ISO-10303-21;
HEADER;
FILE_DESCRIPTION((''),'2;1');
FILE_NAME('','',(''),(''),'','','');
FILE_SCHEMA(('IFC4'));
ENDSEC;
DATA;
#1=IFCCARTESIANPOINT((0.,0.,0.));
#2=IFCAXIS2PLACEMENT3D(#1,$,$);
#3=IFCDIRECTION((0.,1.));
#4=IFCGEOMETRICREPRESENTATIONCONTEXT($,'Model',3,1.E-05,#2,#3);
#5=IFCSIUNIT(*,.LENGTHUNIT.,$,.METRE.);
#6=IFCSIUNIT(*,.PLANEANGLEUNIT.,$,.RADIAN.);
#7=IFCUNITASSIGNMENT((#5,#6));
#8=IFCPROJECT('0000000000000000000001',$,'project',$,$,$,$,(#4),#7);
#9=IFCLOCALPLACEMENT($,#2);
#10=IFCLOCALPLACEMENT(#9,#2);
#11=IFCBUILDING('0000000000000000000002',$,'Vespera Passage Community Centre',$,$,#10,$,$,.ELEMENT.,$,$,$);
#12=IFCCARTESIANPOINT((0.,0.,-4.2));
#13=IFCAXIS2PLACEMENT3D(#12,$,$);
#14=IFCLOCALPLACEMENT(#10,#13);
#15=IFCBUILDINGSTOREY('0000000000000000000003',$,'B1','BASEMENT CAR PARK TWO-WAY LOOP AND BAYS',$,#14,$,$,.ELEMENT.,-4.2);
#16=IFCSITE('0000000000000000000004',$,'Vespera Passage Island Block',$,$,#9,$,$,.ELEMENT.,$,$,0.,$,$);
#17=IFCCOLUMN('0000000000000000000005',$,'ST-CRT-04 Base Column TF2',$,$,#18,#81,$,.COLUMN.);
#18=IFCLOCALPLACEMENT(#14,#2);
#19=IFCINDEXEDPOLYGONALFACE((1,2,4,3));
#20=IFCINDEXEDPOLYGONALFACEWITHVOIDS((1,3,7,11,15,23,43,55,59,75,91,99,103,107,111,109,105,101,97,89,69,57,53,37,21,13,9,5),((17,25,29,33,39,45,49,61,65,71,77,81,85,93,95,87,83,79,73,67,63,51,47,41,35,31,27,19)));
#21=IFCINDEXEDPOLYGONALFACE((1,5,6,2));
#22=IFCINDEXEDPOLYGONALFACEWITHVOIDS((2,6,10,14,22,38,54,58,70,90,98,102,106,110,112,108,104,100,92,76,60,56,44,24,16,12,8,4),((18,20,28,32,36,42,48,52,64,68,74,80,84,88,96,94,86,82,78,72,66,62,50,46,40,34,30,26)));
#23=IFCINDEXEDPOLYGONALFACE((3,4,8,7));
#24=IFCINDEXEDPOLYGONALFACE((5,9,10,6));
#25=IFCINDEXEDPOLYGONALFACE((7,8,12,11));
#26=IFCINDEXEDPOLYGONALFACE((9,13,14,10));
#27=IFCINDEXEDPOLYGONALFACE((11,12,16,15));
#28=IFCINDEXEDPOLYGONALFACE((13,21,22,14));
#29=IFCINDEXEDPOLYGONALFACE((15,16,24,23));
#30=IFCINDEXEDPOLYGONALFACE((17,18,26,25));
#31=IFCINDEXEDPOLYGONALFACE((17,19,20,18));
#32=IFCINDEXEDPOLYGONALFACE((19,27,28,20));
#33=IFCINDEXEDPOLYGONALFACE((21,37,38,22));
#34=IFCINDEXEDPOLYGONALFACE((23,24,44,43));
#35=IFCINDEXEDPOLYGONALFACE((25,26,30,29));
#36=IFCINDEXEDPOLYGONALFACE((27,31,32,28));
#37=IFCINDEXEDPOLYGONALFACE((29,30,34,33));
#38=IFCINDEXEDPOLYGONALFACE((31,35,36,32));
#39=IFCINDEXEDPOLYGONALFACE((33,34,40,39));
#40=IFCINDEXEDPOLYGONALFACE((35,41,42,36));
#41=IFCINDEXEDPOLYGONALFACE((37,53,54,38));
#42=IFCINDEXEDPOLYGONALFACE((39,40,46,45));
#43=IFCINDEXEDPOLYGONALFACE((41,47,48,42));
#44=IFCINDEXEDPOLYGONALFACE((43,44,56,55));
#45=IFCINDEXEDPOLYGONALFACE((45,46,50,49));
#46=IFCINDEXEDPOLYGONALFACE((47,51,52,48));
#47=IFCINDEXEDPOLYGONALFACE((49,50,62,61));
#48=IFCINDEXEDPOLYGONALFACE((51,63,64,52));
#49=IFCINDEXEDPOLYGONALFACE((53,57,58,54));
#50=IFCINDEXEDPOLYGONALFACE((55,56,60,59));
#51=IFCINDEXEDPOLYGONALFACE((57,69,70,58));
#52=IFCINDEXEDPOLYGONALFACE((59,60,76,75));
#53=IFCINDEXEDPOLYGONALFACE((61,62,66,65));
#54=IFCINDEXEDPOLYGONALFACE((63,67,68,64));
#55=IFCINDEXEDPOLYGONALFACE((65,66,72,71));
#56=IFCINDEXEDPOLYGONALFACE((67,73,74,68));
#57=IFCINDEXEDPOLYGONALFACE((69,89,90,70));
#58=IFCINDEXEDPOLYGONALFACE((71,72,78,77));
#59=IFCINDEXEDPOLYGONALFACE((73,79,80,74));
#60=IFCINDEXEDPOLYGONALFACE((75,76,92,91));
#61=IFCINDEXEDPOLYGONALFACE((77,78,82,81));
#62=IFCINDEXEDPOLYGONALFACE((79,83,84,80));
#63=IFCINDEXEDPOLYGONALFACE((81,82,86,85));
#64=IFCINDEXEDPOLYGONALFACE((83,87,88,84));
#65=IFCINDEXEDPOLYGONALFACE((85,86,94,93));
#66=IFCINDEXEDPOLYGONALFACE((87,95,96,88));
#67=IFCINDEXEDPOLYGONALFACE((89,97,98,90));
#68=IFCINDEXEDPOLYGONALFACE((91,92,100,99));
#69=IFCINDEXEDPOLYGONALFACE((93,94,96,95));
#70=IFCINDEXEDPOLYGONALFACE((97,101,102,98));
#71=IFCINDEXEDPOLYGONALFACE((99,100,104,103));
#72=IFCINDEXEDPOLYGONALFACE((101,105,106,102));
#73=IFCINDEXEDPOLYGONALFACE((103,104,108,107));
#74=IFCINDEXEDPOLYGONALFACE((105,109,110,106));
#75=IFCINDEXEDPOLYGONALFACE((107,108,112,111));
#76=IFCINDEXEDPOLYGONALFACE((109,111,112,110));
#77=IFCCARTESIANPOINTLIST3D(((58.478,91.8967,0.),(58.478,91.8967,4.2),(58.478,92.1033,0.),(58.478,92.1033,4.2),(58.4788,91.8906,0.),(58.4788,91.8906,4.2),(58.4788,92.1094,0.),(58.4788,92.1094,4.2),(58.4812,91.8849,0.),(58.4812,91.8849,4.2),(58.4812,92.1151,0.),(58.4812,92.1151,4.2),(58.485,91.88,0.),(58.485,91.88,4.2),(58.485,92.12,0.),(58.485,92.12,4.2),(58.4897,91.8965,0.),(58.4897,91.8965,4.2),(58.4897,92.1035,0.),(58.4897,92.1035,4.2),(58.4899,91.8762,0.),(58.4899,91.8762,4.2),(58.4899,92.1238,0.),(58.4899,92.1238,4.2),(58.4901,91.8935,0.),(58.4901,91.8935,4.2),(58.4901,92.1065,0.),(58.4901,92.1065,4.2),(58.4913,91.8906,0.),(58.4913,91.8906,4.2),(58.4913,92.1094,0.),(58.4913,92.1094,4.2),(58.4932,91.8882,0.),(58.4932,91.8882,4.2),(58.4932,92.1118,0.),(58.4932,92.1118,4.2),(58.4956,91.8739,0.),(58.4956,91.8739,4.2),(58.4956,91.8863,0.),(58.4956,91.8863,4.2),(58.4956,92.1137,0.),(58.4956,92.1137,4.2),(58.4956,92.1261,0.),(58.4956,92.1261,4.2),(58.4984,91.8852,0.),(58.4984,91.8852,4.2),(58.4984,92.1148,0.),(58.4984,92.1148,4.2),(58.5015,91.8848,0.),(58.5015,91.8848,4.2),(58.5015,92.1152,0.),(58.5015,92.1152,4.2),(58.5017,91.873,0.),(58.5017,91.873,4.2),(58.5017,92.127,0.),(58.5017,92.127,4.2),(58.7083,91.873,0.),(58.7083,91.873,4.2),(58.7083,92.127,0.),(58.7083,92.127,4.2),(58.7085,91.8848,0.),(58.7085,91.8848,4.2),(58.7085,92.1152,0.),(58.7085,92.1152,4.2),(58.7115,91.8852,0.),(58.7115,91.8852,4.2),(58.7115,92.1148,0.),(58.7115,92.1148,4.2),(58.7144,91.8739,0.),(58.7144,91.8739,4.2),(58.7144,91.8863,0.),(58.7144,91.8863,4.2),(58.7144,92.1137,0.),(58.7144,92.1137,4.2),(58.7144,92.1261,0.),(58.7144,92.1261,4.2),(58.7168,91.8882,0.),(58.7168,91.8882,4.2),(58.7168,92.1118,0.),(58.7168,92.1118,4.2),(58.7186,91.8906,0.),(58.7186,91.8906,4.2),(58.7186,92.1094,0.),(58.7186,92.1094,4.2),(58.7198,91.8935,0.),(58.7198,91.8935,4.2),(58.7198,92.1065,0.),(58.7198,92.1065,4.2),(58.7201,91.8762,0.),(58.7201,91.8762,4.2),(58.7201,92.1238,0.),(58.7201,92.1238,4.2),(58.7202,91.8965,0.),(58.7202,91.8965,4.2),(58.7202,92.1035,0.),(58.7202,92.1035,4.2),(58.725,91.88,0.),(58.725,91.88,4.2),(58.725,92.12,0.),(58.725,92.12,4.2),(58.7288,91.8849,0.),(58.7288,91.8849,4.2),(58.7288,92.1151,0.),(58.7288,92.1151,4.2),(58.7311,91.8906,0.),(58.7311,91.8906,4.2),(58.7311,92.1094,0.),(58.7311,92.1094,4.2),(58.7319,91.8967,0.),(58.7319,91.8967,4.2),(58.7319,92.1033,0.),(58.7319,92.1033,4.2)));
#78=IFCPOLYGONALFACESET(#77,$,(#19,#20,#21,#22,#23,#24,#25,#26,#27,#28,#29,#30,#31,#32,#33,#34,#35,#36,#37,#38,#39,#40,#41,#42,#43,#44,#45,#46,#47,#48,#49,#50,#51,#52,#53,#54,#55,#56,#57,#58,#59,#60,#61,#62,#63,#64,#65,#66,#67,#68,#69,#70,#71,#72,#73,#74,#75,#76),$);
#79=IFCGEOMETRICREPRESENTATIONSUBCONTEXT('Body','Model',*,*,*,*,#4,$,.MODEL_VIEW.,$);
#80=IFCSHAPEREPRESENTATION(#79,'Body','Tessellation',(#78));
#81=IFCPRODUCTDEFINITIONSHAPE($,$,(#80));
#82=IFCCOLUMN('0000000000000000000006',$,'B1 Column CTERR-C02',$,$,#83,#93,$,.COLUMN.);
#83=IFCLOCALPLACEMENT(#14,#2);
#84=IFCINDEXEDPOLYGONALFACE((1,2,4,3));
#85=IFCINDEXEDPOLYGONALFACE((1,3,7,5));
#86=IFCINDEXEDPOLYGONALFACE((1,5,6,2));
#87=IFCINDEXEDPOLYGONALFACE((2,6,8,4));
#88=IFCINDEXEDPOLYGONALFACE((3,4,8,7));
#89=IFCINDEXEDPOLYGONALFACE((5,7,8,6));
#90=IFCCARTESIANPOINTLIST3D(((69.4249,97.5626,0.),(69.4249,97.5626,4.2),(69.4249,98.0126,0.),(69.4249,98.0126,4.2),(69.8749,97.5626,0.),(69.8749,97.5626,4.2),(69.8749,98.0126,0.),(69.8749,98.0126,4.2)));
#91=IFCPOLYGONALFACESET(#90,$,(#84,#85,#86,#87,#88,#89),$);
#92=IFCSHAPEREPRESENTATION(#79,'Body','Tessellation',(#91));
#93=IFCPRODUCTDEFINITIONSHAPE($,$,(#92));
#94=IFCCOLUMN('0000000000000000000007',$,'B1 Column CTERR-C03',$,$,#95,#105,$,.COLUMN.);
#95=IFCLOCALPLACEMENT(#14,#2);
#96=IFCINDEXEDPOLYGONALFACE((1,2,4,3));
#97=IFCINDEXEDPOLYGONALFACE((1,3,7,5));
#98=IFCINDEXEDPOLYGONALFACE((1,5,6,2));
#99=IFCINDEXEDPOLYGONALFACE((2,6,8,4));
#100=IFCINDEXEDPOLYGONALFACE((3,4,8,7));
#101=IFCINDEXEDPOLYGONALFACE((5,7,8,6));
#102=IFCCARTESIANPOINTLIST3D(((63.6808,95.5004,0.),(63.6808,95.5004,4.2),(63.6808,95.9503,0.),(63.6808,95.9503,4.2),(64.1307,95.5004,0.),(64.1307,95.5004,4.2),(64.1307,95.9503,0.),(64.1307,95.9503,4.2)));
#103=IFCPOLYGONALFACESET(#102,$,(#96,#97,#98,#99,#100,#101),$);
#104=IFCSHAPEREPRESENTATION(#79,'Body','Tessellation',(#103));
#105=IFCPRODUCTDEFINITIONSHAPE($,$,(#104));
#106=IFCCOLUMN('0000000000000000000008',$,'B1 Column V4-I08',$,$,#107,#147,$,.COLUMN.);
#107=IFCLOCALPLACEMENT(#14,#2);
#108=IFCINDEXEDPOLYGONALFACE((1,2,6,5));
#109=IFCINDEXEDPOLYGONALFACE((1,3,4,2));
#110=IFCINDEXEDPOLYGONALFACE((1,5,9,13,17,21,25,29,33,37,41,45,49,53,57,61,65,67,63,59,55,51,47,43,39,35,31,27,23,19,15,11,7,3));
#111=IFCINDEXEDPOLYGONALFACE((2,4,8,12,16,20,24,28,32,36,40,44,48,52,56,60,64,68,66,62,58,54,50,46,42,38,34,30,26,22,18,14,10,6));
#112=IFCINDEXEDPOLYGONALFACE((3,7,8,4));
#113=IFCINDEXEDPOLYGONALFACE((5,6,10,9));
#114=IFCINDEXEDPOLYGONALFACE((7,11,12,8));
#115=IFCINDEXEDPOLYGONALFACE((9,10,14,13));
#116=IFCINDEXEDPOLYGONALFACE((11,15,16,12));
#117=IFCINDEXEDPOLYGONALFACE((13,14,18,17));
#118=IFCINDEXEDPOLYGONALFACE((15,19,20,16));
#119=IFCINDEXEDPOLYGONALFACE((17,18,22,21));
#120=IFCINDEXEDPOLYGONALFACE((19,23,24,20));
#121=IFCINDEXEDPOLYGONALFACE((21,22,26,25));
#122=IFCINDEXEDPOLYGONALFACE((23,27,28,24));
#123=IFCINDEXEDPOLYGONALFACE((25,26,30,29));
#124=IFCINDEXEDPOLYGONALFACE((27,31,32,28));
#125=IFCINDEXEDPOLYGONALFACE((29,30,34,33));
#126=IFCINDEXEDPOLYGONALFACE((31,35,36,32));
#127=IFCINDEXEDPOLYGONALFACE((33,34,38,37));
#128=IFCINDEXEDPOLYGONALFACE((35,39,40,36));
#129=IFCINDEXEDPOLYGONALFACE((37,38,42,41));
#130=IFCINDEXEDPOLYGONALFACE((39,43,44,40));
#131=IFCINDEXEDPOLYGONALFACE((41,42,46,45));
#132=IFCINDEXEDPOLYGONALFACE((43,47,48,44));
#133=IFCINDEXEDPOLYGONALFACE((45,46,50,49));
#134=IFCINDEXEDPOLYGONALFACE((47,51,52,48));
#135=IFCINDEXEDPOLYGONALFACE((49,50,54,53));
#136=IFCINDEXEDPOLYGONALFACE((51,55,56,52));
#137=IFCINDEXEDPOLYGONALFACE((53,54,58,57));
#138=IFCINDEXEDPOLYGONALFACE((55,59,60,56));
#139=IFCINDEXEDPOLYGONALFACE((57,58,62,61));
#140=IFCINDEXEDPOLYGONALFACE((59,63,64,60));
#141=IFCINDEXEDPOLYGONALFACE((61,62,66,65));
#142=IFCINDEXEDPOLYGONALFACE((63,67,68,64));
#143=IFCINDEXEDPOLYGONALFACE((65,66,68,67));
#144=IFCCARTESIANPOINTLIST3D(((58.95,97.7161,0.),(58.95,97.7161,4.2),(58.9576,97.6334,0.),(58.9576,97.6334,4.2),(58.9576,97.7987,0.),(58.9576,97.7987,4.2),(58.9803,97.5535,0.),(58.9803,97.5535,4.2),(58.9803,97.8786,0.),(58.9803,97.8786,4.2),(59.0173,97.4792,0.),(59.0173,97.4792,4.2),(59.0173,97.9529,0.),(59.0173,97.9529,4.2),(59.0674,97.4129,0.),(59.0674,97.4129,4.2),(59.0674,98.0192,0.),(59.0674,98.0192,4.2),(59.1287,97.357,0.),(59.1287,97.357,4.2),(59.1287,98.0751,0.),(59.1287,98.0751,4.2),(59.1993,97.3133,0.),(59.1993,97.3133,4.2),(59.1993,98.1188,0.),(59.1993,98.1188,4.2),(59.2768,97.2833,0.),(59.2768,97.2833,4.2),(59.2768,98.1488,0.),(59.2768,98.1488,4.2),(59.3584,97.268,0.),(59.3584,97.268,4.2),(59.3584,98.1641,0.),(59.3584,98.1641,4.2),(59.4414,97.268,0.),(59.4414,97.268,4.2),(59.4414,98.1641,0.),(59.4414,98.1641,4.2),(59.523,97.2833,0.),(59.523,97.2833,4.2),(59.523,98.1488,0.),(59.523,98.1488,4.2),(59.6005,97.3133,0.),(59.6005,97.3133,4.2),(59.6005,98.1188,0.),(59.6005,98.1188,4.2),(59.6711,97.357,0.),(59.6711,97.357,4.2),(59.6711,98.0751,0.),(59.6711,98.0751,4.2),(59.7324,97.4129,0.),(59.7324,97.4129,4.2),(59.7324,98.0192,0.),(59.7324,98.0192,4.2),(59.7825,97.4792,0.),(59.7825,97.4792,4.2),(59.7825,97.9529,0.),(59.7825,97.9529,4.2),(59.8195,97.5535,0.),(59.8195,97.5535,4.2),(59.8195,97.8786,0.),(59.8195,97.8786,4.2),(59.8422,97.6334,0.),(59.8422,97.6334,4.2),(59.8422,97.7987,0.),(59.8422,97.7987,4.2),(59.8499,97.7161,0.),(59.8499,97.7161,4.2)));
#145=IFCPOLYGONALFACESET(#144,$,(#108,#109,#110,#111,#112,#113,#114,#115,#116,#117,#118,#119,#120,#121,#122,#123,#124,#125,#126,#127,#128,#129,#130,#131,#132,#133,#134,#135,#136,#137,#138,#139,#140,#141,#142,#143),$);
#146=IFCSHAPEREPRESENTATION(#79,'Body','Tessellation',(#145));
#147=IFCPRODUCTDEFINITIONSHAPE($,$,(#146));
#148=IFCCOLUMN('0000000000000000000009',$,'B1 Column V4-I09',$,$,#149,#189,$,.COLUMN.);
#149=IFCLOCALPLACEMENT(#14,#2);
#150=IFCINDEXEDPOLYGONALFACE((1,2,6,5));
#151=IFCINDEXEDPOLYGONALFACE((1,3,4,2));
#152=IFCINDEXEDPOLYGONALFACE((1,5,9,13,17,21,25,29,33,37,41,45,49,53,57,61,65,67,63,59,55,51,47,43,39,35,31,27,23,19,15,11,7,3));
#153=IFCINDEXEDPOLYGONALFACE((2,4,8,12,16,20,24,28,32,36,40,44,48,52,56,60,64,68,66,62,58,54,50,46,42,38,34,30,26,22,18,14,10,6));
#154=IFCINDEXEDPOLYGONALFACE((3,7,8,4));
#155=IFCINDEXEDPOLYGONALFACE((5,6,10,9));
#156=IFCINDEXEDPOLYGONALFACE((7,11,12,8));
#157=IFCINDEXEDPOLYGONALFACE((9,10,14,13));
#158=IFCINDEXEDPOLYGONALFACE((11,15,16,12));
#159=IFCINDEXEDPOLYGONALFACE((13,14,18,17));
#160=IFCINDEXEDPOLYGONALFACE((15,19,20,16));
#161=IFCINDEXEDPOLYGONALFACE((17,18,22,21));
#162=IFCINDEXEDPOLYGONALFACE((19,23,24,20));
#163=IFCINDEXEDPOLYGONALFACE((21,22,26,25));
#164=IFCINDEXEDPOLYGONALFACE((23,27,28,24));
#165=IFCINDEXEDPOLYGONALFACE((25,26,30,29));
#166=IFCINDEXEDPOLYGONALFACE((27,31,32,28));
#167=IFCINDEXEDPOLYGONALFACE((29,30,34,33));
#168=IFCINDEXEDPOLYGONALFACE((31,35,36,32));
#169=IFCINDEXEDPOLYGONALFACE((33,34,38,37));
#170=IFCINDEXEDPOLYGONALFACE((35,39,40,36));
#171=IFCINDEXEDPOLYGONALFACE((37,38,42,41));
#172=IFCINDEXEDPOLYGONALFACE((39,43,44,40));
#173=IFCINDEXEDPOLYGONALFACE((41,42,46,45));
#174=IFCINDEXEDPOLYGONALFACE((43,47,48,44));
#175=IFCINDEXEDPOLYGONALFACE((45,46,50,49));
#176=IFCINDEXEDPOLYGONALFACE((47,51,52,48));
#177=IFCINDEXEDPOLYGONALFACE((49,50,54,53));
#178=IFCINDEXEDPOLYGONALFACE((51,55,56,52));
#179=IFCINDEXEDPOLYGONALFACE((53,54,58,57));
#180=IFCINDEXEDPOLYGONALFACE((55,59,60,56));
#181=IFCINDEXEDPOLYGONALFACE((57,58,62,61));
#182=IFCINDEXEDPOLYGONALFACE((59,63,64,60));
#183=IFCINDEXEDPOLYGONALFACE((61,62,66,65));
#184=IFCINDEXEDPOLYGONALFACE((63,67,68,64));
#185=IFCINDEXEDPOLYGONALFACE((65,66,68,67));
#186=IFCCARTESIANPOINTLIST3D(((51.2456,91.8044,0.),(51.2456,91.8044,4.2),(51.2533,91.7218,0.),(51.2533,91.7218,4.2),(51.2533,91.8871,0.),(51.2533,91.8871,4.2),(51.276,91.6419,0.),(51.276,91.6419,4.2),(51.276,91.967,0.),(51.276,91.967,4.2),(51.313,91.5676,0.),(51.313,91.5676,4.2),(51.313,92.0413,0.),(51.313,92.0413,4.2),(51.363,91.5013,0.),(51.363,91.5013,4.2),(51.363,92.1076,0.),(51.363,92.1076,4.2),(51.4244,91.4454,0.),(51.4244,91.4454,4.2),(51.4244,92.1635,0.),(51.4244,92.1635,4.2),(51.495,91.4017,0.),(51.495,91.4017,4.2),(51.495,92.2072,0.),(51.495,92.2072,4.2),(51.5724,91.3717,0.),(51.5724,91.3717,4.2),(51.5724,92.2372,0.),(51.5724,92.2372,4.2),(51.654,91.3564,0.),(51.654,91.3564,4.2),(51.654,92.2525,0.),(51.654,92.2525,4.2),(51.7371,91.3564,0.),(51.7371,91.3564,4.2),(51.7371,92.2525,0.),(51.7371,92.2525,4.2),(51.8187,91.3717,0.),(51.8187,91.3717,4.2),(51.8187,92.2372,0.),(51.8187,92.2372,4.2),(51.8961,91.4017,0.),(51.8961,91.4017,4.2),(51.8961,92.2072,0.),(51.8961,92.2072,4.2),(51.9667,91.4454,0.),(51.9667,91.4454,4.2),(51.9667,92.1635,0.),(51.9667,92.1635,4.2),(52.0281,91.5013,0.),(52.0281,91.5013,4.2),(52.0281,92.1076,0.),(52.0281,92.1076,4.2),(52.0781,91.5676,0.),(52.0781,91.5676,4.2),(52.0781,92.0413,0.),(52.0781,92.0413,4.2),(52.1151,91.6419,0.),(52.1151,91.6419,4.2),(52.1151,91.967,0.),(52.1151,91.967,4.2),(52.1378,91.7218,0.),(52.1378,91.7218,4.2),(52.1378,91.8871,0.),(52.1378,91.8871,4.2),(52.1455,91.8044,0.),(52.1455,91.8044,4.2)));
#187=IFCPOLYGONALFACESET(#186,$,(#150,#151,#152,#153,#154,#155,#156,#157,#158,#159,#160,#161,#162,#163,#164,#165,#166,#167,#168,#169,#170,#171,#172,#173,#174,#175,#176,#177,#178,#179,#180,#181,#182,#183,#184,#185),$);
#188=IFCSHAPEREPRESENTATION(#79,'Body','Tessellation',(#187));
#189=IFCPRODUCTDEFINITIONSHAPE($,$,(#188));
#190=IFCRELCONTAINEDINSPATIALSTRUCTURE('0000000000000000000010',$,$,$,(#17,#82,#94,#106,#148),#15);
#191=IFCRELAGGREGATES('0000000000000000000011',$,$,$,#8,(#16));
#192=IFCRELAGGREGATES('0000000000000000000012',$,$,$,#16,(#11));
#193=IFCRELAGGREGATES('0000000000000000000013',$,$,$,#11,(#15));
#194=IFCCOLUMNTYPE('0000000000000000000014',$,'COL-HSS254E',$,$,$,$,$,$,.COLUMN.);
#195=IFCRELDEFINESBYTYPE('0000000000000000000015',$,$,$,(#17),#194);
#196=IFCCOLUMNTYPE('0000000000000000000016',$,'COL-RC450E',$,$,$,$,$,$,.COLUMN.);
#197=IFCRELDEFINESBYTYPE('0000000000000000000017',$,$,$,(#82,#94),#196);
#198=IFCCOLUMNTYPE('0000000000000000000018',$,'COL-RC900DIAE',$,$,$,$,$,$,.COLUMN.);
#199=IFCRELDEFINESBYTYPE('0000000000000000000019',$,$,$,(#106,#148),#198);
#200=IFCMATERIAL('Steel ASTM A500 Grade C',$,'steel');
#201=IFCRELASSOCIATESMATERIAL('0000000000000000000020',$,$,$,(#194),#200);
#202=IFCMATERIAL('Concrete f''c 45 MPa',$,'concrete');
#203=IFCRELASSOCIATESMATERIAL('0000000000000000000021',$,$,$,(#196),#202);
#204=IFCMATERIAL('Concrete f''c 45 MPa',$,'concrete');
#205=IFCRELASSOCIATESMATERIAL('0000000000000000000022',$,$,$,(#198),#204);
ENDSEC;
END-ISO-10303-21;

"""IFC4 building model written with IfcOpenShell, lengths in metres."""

from ifc_helpers import new_model, si_unit, direction, frame, origin, origin_2d, place, context, subcontext, project, spatial, rectangle, hollow_rectangle, circle, extrude, material, material_profile, profile_set, type_object, element, save


model = new_model("IFC4")

# Units and contexts
model_context = context("Model", 3, precision=1e-05, world=origin(), true_north=direction((0.0, 1.0)))
body_context = subcontext(model_context, "Body", "Model", "MODEL_VIEW")
ifc_project = project(units=[si_unit("LENGTHUNIT", "METRE"), si_unit("PLANEANGLEUNIT", "RADIAN")], contexts=[model_context])

# Site, building, storey
site_placement = place(None, origin())
site = spatial("IfcSite", under=ifc_project, at=site_placement, Name="Vespera Passage Island Block", CompositionType="ELEMENT", RefElevation=0.0)
building_placement = place(site_placement, origin())
building = spatial("IfcBuilding", under=site, at=building_placement, Name="Vespera Passage Community Centre", CompositionType="ELEMENT")
storey_placement = place(building_placement, frame((0.0, 0.0, -4.2)))
storey = spatial("IfcBuildingStorey", under=building, at=storey_placement, Name="B1", Description="BASEMENT CAR PARK TWO-WAY LOOP AND BAYS", CompositionType="ELEMENT", Elevation=-4.2)

# Columns
ifc_material_1 = material(Name="Steel ASTM A500 Grade C", Category="steel")
ifc_material_profile_1 = material_profile(ifc_material_1, hollow_rectangle(XDim=0.2539, YDim=0.2539, WallThickness=0.0117, InnerFilletRadius=0.0117, OuterFilletRadius=0.0237, at=origin_2d()), Name="HSS254X254X12.7")
ifc_profile_set_1 = profile_set([ifc_material_profile_1], Name="Steel ASTM A500 Grade C")
column_type_1 = type_object("IfcColumnType", Name="COL-HSS254E", PredefinedType="COLUMN", material=ifc_profile_set_1)
for number, where, z_axis, x_axis, name in (
    (1, (58.605, 92.0, 0.0), (0.0, 0.0, 1.0), (1.0, 0.0, 0.0), "ST-CRT-04 Base Column TF2"),
):
    element("IfcColumn", number, at=place(storey_placement, frame(where, z_axis=z_axis, x_axis=x_axis)), inside=storey, type_object=column_type_1, Name=name, PredefinedType="COLUMN", context=body_context, shape_type="SweptSolid", body=[
        extrude(hollow_rectangle(XDim=0.2539, YDim=0.2539, WallThickness=0.0117, InnerFilletRadius=0.0117, OuterFilletRadius=0.0237, at=origin_2d()), origin(), (0.0, 0.0, 1.0), 4.2),
    ])
ifc_material_2 = material(Name="Concrete f'c 45 MPa", Category="concrete")
ifc_material_profile_2 = material_profile(ifc_material_2, rectangle(XDim=0.45, YDim=0.45, at=origin_2d()), Name="RC450X450")
ifc_profile_set_2 = profile_set([ifc_material_profile_2], Name="Concrete f'c 45 MPa")
column_type_2 = type_object("IfcColumnType", Name="COL-RC450E", PredefinedType="COLUMN", material=ifc_profile_set_2)
for number, where, z_axis, x_axis, name in (
    (2, (69.6499, 97.7876, 0.0), (0.0, 0.0, 1.0), (1.0, 0.0, 0.0), "B1 Column CTERR-C02"),
    (3, (63.9058, 95.7253, 0.0), (0.0, 0.0, 1.0), (1.0, 0.0, 0.0), "B1 Column CTERR-C03"),
):
    element("IfcColumn", number, at=place(storey_placement, frame(where, z_axis=z_axis, x_axis=x_axis)), inside=storey, type_object=column_type_2, Name=name, PredefinedType="COLUMN", context=body_context, shape_type="SweptSolid", body=[
        extrude(rectangle(XDim=0.45, YDim=0.45, at=origin_2d()), origin(), (0.0, 0.0, 1.0), 4.2),
    ])
ifc_material_3 = material(Name="Concrete f'c 45 MPa", Category="concrete")
ifc_material_profile_3 = material_profile(ifc_material_3, circle(Radius=0.45, at=origin_2d()), Name="RC900DIA")
ifc_profile_set_3 = profile_set([ifc_material_profile_3], Name="Concrete f'c 45 MPa")
column_type_3 = type_object("IfcColumnType", Name="COL-RC900DIAE", PredefinedType="COLUMN", material=ifc_profile_set_3)
for number, where, z_axis, x_axis, name in (
    (4, (59.3999, 97.7161, 0.0), (0.0, 0.0, 1.0), (1.0, 0.0, 0.0), "B1 Column V4-I08"),
    (5, (51.6956, 91.8044, 0.0), (0.0, 0.0, 1.0), (1.0, 0.0, 0.0), "B1 Column V4-I09"),
):
    element("IfcColumn", number, at=place(storey_placement, frame(where, z_axis=z_axis, x_axis=x_axis)), inside=storey, type_object=column_type_3, Name=name, PredefinedType="COLUMN", context=body_context, shape_type="SweptSolid", body=[
        extrude(circle(Radius=0.45, at=origin_2d()), origin(), (0.0, 0.0, 1.0), 4.2),
    ])

save(model, "model.ifc")
